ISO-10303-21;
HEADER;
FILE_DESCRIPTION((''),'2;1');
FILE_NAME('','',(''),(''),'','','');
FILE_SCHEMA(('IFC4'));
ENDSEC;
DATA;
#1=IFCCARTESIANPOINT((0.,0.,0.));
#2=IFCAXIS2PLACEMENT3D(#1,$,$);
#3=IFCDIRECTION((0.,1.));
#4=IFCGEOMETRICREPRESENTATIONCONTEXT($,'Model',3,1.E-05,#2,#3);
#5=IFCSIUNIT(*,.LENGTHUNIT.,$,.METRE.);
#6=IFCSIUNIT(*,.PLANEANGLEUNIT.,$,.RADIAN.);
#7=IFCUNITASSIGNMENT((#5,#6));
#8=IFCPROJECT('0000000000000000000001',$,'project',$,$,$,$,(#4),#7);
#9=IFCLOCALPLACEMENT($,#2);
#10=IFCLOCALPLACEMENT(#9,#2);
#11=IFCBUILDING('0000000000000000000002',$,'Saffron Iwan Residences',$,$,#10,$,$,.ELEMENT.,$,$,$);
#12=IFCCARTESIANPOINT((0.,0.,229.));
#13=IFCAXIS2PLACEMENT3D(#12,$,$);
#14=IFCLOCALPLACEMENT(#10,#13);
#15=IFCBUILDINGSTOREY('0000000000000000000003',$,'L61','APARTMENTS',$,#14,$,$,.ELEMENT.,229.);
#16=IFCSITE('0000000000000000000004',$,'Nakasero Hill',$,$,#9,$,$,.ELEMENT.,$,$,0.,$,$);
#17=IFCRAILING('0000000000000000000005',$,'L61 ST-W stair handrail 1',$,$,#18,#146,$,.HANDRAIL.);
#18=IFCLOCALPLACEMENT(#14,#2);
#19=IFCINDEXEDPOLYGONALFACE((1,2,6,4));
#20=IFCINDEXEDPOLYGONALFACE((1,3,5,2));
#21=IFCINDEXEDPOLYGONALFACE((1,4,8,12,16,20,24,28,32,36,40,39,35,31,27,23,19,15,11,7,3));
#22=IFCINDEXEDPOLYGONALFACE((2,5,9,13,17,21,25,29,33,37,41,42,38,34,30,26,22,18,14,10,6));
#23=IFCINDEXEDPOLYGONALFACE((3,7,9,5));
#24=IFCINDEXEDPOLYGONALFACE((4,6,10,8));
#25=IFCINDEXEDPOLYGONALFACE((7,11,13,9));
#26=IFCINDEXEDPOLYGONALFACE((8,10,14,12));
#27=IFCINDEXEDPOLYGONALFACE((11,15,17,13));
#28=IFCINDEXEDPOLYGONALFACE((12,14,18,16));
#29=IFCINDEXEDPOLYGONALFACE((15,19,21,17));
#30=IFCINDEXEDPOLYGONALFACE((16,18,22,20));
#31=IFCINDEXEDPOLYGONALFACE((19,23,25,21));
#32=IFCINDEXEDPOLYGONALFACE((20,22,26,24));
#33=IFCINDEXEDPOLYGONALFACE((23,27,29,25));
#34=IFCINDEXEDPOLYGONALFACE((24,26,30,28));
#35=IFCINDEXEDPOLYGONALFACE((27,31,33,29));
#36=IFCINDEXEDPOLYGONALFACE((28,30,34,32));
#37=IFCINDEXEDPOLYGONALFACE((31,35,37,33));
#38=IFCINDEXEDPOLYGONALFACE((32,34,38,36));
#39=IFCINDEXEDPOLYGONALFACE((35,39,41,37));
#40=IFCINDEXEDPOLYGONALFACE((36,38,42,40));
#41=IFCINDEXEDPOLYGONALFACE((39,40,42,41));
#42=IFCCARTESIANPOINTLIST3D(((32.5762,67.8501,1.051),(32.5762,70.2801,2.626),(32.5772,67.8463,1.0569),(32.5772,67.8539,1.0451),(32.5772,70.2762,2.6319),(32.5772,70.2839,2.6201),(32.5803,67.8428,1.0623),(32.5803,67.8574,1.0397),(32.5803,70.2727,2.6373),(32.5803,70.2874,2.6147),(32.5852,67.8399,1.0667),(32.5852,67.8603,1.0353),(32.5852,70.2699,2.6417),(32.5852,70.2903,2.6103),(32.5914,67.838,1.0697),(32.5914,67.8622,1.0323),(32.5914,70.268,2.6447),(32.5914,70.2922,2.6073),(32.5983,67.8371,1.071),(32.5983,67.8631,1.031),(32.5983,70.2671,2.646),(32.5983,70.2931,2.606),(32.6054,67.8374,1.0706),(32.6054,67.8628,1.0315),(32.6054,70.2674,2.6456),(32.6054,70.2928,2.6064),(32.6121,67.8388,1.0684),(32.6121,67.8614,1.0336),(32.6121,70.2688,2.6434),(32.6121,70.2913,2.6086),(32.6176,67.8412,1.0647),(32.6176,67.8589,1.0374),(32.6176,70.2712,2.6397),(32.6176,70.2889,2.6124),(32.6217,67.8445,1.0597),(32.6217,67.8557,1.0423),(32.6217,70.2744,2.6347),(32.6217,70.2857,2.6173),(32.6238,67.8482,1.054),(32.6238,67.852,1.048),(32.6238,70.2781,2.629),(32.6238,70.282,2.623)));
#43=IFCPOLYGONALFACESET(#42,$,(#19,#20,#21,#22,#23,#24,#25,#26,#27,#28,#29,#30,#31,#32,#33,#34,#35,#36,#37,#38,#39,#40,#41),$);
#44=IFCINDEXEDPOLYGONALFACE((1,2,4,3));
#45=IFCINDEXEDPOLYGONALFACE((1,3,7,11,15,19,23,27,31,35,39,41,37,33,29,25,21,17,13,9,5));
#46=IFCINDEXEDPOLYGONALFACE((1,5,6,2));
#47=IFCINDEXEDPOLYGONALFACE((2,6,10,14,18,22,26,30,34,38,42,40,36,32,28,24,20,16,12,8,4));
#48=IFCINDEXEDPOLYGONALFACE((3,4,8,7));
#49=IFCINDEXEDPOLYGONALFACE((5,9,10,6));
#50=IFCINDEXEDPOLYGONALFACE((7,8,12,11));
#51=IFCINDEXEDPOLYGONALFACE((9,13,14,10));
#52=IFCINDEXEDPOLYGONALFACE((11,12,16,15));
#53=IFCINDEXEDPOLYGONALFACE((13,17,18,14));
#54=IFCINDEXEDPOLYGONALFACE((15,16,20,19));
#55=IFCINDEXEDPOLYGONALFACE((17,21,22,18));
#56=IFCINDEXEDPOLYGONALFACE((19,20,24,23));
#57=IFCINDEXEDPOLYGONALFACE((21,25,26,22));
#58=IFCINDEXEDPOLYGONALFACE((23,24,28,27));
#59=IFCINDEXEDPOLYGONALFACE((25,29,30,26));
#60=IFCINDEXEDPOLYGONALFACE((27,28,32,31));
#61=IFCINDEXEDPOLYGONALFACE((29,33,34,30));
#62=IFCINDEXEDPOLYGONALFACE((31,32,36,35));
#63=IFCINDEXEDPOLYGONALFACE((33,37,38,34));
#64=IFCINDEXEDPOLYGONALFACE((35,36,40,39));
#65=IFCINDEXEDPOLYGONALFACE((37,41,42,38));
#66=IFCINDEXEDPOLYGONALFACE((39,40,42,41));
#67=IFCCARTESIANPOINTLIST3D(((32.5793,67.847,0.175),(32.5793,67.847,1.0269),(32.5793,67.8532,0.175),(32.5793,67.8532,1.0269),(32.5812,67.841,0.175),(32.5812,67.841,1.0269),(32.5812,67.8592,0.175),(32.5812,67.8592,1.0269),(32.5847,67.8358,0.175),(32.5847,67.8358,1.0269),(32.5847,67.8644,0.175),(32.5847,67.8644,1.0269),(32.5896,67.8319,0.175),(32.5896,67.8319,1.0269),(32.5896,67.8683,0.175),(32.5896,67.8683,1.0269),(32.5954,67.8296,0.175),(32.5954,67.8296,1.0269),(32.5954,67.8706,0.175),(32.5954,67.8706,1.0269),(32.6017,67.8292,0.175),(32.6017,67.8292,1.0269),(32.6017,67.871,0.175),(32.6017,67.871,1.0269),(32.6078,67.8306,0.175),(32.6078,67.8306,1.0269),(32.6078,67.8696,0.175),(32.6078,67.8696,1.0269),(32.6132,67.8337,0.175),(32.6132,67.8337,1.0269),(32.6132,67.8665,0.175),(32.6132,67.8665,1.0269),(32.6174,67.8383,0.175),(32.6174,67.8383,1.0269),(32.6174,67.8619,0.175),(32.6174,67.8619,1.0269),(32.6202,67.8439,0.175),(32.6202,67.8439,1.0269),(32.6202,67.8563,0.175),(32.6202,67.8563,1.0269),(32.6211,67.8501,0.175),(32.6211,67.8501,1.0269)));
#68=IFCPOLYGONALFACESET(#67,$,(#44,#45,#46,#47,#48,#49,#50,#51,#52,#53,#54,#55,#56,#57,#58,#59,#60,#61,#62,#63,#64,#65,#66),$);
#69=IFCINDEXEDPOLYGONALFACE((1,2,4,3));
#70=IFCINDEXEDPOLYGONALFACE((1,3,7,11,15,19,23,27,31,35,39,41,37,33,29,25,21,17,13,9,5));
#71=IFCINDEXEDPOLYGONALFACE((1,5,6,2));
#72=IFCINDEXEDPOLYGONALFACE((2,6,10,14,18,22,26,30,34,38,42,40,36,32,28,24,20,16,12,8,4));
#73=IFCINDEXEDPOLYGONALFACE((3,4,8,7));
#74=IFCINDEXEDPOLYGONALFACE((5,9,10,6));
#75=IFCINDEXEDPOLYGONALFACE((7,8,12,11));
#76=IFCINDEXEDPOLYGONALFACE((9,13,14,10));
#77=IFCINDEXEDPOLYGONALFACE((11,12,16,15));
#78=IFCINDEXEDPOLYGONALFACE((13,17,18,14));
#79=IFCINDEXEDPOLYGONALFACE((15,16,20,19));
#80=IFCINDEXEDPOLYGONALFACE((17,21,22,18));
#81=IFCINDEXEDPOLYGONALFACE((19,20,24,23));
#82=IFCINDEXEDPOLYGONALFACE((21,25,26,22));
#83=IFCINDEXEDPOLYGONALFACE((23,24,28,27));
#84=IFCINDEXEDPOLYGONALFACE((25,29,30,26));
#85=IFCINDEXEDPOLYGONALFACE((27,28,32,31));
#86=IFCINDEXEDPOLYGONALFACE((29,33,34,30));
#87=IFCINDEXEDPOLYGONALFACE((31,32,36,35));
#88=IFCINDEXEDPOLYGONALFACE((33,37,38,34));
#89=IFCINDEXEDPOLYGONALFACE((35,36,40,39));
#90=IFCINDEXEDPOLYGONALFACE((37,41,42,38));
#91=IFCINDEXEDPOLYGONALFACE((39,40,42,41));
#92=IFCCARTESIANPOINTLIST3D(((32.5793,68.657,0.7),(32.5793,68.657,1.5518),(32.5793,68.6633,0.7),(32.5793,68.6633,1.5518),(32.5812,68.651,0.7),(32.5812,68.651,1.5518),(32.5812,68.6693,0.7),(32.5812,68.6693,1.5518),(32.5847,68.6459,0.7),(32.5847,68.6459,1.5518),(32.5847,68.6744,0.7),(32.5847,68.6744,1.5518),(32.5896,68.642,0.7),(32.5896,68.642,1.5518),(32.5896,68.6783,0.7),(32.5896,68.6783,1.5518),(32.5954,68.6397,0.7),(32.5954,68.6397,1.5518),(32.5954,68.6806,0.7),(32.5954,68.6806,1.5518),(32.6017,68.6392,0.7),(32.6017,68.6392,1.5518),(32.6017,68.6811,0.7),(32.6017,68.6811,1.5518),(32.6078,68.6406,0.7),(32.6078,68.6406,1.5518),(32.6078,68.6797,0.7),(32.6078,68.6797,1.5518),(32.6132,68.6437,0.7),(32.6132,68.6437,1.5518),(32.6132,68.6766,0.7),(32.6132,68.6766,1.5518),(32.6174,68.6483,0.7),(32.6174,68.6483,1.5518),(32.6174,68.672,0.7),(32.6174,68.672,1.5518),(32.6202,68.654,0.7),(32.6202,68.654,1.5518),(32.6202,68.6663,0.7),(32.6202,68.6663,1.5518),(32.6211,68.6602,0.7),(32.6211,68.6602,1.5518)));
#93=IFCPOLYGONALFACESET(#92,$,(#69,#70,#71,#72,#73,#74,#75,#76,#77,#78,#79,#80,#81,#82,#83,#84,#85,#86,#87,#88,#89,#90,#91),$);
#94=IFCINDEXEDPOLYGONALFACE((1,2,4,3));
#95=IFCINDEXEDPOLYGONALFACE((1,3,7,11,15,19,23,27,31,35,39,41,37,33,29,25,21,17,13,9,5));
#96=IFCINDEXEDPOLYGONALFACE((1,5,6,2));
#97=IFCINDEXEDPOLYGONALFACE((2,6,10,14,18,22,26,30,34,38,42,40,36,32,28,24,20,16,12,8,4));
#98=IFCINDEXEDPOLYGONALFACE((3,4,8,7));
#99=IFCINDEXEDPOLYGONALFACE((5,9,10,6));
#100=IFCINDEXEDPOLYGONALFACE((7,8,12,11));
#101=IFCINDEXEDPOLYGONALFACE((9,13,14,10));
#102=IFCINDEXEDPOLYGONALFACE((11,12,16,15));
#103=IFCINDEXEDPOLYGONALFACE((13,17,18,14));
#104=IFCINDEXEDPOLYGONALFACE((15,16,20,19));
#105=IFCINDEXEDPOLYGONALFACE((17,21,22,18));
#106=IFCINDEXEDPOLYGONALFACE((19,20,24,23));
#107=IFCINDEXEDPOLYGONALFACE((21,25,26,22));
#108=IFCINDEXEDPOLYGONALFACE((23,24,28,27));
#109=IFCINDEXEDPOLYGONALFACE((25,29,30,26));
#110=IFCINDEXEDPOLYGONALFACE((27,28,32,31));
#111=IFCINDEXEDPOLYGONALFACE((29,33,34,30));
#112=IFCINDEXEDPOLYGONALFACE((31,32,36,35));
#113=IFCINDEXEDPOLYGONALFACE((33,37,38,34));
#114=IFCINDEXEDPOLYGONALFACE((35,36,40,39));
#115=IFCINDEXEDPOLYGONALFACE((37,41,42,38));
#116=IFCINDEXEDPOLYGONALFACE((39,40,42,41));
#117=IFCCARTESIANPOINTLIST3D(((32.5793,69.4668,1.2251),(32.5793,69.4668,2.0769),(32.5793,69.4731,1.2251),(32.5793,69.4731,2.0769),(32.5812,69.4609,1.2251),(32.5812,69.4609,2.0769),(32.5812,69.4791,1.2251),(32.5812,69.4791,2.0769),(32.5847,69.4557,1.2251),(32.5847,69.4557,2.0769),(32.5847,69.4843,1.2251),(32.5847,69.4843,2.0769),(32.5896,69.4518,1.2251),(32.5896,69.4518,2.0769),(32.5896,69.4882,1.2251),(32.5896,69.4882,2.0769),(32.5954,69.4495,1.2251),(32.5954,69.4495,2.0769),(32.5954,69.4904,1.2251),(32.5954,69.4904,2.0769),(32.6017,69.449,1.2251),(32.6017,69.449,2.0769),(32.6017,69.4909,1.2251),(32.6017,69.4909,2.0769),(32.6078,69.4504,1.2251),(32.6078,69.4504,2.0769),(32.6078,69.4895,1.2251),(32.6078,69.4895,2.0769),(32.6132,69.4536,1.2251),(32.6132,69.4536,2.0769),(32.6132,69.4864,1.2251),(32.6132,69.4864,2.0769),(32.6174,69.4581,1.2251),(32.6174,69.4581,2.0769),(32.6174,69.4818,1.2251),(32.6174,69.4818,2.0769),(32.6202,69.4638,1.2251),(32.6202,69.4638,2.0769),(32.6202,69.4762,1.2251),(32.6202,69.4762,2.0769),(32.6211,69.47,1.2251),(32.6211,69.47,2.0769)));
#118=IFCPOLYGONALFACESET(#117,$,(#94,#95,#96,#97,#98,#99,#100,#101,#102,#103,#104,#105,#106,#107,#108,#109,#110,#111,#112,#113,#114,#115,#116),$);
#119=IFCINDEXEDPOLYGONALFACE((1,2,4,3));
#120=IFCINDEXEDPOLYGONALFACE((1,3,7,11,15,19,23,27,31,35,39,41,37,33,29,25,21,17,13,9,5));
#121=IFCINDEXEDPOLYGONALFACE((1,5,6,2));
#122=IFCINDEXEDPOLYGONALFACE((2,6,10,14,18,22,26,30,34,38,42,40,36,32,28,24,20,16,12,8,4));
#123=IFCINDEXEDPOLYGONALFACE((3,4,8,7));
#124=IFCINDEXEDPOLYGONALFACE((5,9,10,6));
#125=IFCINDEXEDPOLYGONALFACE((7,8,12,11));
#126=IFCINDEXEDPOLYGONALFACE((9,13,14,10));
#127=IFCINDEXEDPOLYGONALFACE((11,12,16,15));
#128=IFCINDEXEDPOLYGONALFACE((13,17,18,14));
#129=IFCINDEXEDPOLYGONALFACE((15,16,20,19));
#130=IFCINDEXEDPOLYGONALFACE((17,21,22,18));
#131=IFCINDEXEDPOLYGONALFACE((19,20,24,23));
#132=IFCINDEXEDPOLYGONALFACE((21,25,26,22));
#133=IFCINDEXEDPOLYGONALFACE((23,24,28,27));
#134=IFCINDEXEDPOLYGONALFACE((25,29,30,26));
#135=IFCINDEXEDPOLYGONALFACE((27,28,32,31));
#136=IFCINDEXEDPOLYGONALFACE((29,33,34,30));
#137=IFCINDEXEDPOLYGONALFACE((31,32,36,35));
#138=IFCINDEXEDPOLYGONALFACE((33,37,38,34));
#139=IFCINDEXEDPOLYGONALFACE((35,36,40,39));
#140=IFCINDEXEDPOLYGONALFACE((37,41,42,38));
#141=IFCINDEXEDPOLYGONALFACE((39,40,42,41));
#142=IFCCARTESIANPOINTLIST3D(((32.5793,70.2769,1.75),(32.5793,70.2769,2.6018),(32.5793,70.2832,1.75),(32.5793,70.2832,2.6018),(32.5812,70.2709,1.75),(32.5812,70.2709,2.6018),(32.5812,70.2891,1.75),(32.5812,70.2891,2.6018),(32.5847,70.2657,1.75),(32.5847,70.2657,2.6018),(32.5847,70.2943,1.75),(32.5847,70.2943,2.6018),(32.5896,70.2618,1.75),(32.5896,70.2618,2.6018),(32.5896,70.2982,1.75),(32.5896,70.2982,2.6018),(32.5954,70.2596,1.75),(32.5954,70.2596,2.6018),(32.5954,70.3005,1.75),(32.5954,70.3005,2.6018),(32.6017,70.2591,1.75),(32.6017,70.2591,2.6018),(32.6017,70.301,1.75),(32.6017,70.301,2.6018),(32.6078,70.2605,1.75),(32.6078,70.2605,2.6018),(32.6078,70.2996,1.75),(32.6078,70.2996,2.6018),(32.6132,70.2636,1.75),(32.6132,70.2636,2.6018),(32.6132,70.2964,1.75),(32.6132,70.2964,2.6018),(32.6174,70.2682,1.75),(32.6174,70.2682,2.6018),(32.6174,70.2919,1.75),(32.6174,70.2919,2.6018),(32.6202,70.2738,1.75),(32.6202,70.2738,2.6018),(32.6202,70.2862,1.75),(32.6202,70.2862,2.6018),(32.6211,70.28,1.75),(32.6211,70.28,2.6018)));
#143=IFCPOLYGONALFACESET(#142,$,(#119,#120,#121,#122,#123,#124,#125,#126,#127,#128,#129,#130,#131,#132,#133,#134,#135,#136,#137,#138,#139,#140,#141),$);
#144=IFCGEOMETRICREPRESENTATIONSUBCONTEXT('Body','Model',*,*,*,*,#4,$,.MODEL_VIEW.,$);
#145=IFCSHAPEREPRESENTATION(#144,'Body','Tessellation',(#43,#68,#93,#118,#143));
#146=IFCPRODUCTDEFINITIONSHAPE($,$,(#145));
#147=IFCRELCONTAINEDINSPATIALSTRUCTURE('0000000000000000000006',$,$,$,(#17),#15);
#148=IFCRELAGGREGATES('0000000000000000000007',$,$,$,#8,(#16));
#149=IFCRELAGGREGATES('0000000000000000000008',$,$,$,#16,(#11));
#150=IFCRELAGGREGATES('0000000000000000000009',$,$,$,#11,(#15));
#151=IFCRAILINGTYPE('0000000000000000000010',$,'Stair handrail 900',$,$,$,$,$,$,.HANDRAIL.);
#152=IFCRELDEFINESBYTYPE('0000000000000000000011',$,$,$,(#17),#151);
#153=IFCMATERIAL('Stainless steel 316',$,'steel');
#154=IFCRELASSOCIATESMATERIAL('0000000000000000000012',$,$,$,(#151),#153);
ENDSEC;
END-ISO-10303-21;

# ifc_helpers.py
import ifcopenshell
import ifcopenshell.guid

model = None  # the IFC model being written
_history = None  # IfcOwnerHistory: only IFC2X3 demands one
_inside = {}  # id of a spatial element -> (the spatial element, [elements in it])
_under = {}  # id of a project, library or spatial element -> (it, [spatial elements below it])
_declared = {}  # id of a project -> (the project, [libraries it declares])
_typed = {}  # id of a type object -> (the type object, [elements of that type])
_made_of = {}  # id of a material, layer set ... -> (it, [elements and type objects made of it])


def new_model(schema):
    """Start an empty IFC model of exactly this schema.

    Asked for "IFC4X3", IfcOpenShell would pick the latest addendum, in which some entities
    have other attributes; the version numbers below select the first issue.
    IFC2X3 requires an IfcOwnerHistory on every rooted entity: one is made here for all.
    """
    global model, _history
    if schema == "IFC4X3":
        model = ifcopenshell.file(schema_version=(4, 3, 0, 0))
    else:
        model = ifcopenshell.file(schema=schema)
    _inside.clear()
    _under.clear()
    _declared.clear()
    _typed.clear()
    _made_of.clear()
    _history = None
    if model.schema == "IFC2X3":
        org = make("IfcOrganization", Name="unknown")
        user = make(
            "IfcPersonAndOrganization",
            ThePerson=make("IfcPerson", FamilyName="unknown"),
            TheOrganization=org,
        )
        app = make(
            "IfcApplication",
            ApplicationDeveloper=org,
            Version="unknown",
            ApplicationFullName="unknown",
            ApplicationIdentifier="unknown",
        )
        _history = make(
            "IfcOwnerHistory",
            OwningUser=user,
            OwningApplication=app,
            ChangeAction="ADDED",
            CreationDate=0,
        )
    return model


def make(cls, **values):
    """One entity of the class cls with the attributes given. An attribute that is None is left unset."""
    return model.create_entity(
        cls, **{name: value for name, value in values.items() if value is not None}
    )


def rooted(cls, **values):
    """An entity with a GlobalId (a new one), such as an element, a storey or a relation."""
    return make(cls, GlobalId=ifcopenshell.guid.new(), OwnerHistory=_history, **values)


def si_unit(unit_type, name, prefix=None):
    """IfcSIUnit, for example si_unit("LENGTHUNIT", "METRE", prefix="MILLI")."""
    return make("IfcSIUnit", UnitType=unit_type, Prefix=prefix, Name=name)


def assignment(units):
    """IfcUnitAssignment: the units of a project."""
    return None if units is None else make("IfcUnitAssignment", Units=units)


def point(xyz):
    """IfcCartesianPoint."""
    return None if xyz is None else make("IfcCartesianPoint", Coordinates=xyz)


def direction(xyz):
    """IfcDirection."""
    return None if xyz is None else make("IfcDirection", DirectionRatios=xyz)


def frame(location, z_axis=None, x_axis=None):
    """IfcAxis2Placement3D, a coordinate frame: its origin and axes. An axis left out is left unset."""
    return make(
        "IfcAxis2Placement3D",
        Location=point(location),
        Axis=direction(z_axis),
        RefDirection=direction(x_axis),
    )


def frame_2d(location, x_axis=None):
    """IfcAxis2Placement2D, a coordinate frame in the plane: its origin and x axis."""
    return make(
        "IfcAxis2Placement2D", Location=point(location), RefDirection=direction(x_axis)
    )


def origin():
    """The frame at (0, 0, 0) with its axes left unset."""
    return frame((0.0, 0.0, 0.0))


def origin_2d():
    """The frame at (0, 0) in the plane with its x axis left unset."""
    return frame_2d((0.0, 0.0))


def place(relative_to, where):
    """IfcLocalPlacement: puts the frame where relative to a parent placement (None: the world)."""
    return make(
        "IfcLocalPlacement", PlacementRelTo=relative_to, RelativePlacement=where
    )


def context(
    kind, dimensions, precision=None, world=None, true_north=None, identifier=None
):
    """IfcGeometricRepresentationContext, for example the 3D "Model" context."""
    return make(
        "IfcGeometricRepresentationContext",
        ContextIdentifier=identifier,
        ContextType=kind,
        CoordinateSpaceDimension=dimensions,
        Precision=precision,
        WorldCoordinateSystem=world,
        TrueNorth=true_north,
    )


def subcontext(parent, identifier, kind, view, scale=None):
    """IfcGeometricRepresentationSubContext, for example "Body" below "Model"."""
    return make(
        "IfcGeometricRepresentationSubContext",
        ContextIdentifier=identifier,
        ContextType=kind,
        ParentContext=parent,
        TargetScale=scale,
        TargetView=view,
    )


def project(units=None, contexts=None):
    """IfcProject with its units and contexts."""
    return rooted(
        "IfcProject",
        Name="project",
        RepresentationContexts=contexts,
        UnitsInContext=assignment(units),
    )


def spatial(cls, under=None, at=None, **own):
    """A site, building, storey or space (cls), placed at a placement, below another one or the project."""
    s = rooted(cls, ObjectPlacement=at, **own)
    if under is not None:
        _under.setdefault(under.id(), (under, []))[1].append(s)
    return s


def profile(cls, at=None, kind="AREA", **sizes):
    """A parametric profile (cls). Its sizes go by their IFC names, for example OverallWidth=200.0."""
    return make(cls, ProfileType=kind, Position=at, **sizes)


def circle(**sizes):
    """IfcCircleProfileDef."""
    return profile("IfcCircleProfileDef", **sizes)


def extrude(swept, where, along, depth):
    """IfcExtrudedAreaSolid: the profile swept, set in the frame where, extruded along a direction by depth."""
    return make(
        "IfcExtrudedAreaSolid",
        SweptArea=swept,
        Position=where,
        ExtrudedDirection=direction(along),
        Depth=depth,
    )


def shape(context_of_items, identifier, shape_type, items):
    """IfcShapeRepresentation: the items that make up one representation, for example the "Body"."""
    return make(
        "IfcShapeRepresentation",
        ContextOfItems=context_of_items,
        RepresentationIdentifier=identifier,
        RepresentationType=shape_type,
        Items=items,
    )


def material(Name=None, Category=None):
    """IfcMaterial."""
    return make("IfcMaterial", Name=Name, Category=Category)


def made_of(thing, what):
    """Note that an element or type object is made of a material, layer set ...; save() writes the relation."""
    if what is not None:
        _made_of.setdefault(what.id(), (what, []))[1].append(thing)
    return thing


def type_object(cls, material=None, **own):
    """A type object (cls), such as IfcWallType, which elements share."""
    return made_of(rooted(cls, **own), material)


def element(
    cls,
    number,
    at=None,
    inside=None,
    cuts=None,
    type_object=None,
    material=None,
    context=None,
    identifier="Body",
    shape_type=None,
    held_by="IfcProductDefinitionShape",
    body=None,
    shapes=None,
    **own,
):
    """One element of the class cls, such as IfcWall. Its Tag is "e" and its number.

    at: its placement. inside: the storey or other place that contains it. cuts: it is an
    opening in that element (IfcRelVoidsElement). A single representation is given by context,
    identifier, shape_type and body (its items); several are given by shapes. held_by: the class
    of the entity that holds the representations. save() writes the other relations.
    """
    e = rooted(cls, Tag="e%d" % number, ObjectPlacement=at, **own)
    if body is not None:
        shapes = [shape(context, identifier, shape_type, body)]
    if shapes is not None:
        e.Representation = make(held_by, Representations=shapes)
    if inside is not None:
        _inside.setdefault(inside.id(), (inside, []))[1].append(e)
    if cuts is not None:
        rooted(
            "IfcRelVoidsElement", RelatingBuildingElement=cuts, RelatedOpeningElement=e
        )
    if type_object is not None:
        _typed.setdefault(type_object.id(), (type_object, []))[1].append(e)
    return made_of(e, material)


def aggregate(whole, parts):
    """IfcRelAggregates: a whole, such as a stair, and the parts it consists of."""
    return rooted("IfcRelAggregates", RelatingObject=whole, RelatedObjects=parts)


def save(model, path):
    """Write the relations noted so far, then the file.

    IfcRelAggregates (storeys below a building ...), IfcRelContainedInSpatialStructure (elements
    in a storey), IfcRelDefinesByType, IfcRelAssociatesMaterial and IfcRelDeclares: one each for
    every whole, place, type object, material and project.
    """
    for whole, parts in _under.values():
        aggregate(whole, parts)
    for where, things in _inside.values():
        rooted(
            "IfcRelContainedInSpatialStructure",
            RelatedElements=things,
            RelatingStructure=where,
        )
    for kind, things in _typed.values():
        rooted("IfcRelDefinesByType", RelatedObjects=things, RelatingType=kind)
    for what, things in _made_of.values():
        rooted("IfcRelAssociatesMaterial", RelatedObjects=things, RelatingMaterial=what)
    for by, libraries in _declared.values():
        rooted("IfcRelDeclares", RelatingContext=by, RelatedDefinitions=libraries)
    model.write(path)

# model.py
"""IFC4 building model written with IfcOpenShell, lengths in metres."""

from ifc_helpers import new_model, si_unit, direction, frame, origin, origin_2d, place, context, subcontext, project, spatial, circle, extrude, material, type_object, element, save


model = new_model("IFC4")

# Units and contexts
model_context = context("Model", 3, precision=1e-05, world=origin(), true_north=direction((0.0, 1.0)))
body_context = subcontext(model_context, "Body", "Model", "MODEL_VIEW")
ifc_project = project(units=[si_unit("LENGTHUNIT", "METRE"), si_unit("PLANEANGLEUNIT", "RADIAN")], contexts=[model_context])

# Site, building, storey
site_placement = place(None, origin())
site = spatial("IfcSite", under=ifc_project, at=site_placement, Name="Nakasero Hill", CompositionType="ELEMENT", RefElevation=0.0)
building_placement = place(site_placement, origin())
building = spatial("IfcBuilding", under=site, at=building_placement, Name="Saffron Iwan Residences", CompositionType="ELEMENT")
storey_placement = place(building_placement, frame((0.0, 0.0, 229.0)))
storey = spatial("IfcBuildingStorey", under=building, at=storey_placement, Name="L61", Description="APARTMENTS", CompositionType="ELEMENT", Elevation=229.0)

# Railing
ifc_material_1 = material(Name="Stainless steel 316", Category="steel")
railing_type = type_object("IfcRailingType", Name="Stair handrail 900", PredefinedType="HANDRAIL", material=ifc_material_1)
railing_placement = place(storey_placement, frame((32.6001, 67.8501, 0.175)))
element("IfcRailing", 1, at=railing_placement, inside=storey, type_object=railing_type, Name="L61 ST-W stair handrail 1", PredefinedType="HANDRAIL", context=body_context, shape_type="SweptSolid", body=[
    extrude(circle(Radius=0.0239, at=origin_2d()), frame((0.0, 0.0, 0.876), z_axis=(0.0, 0.839154, 0.543894), x_axis=(-1.0, 0.0, 0.0)), (0.0, 0.0, 1.0), 2.8958),
    extrude(circle(Radius=0.021, at=origin_2d()), origin(), (0.0, 0.0, 1.0), 0.8518),
    extrude(circle(Radius=0.021, at=origin_2d()), frame((0.0, 0.8101, 0.5249)), (0.0, 0.0, 1.0), 0.8518),
    extrude(circle(Radius=0.021, at=origin_2d()), frame((0.0, 1.6199, 1.05)), (0.0, 0.0, 1.0), 0.8518),
    extrude(circle(Radius=0.021, at=origin_2d()), frame((0.0, 2.4299, 1.575)), (0.0, 0.0, 1.0), 0.8518),
])

save(model, "model.ifc")
